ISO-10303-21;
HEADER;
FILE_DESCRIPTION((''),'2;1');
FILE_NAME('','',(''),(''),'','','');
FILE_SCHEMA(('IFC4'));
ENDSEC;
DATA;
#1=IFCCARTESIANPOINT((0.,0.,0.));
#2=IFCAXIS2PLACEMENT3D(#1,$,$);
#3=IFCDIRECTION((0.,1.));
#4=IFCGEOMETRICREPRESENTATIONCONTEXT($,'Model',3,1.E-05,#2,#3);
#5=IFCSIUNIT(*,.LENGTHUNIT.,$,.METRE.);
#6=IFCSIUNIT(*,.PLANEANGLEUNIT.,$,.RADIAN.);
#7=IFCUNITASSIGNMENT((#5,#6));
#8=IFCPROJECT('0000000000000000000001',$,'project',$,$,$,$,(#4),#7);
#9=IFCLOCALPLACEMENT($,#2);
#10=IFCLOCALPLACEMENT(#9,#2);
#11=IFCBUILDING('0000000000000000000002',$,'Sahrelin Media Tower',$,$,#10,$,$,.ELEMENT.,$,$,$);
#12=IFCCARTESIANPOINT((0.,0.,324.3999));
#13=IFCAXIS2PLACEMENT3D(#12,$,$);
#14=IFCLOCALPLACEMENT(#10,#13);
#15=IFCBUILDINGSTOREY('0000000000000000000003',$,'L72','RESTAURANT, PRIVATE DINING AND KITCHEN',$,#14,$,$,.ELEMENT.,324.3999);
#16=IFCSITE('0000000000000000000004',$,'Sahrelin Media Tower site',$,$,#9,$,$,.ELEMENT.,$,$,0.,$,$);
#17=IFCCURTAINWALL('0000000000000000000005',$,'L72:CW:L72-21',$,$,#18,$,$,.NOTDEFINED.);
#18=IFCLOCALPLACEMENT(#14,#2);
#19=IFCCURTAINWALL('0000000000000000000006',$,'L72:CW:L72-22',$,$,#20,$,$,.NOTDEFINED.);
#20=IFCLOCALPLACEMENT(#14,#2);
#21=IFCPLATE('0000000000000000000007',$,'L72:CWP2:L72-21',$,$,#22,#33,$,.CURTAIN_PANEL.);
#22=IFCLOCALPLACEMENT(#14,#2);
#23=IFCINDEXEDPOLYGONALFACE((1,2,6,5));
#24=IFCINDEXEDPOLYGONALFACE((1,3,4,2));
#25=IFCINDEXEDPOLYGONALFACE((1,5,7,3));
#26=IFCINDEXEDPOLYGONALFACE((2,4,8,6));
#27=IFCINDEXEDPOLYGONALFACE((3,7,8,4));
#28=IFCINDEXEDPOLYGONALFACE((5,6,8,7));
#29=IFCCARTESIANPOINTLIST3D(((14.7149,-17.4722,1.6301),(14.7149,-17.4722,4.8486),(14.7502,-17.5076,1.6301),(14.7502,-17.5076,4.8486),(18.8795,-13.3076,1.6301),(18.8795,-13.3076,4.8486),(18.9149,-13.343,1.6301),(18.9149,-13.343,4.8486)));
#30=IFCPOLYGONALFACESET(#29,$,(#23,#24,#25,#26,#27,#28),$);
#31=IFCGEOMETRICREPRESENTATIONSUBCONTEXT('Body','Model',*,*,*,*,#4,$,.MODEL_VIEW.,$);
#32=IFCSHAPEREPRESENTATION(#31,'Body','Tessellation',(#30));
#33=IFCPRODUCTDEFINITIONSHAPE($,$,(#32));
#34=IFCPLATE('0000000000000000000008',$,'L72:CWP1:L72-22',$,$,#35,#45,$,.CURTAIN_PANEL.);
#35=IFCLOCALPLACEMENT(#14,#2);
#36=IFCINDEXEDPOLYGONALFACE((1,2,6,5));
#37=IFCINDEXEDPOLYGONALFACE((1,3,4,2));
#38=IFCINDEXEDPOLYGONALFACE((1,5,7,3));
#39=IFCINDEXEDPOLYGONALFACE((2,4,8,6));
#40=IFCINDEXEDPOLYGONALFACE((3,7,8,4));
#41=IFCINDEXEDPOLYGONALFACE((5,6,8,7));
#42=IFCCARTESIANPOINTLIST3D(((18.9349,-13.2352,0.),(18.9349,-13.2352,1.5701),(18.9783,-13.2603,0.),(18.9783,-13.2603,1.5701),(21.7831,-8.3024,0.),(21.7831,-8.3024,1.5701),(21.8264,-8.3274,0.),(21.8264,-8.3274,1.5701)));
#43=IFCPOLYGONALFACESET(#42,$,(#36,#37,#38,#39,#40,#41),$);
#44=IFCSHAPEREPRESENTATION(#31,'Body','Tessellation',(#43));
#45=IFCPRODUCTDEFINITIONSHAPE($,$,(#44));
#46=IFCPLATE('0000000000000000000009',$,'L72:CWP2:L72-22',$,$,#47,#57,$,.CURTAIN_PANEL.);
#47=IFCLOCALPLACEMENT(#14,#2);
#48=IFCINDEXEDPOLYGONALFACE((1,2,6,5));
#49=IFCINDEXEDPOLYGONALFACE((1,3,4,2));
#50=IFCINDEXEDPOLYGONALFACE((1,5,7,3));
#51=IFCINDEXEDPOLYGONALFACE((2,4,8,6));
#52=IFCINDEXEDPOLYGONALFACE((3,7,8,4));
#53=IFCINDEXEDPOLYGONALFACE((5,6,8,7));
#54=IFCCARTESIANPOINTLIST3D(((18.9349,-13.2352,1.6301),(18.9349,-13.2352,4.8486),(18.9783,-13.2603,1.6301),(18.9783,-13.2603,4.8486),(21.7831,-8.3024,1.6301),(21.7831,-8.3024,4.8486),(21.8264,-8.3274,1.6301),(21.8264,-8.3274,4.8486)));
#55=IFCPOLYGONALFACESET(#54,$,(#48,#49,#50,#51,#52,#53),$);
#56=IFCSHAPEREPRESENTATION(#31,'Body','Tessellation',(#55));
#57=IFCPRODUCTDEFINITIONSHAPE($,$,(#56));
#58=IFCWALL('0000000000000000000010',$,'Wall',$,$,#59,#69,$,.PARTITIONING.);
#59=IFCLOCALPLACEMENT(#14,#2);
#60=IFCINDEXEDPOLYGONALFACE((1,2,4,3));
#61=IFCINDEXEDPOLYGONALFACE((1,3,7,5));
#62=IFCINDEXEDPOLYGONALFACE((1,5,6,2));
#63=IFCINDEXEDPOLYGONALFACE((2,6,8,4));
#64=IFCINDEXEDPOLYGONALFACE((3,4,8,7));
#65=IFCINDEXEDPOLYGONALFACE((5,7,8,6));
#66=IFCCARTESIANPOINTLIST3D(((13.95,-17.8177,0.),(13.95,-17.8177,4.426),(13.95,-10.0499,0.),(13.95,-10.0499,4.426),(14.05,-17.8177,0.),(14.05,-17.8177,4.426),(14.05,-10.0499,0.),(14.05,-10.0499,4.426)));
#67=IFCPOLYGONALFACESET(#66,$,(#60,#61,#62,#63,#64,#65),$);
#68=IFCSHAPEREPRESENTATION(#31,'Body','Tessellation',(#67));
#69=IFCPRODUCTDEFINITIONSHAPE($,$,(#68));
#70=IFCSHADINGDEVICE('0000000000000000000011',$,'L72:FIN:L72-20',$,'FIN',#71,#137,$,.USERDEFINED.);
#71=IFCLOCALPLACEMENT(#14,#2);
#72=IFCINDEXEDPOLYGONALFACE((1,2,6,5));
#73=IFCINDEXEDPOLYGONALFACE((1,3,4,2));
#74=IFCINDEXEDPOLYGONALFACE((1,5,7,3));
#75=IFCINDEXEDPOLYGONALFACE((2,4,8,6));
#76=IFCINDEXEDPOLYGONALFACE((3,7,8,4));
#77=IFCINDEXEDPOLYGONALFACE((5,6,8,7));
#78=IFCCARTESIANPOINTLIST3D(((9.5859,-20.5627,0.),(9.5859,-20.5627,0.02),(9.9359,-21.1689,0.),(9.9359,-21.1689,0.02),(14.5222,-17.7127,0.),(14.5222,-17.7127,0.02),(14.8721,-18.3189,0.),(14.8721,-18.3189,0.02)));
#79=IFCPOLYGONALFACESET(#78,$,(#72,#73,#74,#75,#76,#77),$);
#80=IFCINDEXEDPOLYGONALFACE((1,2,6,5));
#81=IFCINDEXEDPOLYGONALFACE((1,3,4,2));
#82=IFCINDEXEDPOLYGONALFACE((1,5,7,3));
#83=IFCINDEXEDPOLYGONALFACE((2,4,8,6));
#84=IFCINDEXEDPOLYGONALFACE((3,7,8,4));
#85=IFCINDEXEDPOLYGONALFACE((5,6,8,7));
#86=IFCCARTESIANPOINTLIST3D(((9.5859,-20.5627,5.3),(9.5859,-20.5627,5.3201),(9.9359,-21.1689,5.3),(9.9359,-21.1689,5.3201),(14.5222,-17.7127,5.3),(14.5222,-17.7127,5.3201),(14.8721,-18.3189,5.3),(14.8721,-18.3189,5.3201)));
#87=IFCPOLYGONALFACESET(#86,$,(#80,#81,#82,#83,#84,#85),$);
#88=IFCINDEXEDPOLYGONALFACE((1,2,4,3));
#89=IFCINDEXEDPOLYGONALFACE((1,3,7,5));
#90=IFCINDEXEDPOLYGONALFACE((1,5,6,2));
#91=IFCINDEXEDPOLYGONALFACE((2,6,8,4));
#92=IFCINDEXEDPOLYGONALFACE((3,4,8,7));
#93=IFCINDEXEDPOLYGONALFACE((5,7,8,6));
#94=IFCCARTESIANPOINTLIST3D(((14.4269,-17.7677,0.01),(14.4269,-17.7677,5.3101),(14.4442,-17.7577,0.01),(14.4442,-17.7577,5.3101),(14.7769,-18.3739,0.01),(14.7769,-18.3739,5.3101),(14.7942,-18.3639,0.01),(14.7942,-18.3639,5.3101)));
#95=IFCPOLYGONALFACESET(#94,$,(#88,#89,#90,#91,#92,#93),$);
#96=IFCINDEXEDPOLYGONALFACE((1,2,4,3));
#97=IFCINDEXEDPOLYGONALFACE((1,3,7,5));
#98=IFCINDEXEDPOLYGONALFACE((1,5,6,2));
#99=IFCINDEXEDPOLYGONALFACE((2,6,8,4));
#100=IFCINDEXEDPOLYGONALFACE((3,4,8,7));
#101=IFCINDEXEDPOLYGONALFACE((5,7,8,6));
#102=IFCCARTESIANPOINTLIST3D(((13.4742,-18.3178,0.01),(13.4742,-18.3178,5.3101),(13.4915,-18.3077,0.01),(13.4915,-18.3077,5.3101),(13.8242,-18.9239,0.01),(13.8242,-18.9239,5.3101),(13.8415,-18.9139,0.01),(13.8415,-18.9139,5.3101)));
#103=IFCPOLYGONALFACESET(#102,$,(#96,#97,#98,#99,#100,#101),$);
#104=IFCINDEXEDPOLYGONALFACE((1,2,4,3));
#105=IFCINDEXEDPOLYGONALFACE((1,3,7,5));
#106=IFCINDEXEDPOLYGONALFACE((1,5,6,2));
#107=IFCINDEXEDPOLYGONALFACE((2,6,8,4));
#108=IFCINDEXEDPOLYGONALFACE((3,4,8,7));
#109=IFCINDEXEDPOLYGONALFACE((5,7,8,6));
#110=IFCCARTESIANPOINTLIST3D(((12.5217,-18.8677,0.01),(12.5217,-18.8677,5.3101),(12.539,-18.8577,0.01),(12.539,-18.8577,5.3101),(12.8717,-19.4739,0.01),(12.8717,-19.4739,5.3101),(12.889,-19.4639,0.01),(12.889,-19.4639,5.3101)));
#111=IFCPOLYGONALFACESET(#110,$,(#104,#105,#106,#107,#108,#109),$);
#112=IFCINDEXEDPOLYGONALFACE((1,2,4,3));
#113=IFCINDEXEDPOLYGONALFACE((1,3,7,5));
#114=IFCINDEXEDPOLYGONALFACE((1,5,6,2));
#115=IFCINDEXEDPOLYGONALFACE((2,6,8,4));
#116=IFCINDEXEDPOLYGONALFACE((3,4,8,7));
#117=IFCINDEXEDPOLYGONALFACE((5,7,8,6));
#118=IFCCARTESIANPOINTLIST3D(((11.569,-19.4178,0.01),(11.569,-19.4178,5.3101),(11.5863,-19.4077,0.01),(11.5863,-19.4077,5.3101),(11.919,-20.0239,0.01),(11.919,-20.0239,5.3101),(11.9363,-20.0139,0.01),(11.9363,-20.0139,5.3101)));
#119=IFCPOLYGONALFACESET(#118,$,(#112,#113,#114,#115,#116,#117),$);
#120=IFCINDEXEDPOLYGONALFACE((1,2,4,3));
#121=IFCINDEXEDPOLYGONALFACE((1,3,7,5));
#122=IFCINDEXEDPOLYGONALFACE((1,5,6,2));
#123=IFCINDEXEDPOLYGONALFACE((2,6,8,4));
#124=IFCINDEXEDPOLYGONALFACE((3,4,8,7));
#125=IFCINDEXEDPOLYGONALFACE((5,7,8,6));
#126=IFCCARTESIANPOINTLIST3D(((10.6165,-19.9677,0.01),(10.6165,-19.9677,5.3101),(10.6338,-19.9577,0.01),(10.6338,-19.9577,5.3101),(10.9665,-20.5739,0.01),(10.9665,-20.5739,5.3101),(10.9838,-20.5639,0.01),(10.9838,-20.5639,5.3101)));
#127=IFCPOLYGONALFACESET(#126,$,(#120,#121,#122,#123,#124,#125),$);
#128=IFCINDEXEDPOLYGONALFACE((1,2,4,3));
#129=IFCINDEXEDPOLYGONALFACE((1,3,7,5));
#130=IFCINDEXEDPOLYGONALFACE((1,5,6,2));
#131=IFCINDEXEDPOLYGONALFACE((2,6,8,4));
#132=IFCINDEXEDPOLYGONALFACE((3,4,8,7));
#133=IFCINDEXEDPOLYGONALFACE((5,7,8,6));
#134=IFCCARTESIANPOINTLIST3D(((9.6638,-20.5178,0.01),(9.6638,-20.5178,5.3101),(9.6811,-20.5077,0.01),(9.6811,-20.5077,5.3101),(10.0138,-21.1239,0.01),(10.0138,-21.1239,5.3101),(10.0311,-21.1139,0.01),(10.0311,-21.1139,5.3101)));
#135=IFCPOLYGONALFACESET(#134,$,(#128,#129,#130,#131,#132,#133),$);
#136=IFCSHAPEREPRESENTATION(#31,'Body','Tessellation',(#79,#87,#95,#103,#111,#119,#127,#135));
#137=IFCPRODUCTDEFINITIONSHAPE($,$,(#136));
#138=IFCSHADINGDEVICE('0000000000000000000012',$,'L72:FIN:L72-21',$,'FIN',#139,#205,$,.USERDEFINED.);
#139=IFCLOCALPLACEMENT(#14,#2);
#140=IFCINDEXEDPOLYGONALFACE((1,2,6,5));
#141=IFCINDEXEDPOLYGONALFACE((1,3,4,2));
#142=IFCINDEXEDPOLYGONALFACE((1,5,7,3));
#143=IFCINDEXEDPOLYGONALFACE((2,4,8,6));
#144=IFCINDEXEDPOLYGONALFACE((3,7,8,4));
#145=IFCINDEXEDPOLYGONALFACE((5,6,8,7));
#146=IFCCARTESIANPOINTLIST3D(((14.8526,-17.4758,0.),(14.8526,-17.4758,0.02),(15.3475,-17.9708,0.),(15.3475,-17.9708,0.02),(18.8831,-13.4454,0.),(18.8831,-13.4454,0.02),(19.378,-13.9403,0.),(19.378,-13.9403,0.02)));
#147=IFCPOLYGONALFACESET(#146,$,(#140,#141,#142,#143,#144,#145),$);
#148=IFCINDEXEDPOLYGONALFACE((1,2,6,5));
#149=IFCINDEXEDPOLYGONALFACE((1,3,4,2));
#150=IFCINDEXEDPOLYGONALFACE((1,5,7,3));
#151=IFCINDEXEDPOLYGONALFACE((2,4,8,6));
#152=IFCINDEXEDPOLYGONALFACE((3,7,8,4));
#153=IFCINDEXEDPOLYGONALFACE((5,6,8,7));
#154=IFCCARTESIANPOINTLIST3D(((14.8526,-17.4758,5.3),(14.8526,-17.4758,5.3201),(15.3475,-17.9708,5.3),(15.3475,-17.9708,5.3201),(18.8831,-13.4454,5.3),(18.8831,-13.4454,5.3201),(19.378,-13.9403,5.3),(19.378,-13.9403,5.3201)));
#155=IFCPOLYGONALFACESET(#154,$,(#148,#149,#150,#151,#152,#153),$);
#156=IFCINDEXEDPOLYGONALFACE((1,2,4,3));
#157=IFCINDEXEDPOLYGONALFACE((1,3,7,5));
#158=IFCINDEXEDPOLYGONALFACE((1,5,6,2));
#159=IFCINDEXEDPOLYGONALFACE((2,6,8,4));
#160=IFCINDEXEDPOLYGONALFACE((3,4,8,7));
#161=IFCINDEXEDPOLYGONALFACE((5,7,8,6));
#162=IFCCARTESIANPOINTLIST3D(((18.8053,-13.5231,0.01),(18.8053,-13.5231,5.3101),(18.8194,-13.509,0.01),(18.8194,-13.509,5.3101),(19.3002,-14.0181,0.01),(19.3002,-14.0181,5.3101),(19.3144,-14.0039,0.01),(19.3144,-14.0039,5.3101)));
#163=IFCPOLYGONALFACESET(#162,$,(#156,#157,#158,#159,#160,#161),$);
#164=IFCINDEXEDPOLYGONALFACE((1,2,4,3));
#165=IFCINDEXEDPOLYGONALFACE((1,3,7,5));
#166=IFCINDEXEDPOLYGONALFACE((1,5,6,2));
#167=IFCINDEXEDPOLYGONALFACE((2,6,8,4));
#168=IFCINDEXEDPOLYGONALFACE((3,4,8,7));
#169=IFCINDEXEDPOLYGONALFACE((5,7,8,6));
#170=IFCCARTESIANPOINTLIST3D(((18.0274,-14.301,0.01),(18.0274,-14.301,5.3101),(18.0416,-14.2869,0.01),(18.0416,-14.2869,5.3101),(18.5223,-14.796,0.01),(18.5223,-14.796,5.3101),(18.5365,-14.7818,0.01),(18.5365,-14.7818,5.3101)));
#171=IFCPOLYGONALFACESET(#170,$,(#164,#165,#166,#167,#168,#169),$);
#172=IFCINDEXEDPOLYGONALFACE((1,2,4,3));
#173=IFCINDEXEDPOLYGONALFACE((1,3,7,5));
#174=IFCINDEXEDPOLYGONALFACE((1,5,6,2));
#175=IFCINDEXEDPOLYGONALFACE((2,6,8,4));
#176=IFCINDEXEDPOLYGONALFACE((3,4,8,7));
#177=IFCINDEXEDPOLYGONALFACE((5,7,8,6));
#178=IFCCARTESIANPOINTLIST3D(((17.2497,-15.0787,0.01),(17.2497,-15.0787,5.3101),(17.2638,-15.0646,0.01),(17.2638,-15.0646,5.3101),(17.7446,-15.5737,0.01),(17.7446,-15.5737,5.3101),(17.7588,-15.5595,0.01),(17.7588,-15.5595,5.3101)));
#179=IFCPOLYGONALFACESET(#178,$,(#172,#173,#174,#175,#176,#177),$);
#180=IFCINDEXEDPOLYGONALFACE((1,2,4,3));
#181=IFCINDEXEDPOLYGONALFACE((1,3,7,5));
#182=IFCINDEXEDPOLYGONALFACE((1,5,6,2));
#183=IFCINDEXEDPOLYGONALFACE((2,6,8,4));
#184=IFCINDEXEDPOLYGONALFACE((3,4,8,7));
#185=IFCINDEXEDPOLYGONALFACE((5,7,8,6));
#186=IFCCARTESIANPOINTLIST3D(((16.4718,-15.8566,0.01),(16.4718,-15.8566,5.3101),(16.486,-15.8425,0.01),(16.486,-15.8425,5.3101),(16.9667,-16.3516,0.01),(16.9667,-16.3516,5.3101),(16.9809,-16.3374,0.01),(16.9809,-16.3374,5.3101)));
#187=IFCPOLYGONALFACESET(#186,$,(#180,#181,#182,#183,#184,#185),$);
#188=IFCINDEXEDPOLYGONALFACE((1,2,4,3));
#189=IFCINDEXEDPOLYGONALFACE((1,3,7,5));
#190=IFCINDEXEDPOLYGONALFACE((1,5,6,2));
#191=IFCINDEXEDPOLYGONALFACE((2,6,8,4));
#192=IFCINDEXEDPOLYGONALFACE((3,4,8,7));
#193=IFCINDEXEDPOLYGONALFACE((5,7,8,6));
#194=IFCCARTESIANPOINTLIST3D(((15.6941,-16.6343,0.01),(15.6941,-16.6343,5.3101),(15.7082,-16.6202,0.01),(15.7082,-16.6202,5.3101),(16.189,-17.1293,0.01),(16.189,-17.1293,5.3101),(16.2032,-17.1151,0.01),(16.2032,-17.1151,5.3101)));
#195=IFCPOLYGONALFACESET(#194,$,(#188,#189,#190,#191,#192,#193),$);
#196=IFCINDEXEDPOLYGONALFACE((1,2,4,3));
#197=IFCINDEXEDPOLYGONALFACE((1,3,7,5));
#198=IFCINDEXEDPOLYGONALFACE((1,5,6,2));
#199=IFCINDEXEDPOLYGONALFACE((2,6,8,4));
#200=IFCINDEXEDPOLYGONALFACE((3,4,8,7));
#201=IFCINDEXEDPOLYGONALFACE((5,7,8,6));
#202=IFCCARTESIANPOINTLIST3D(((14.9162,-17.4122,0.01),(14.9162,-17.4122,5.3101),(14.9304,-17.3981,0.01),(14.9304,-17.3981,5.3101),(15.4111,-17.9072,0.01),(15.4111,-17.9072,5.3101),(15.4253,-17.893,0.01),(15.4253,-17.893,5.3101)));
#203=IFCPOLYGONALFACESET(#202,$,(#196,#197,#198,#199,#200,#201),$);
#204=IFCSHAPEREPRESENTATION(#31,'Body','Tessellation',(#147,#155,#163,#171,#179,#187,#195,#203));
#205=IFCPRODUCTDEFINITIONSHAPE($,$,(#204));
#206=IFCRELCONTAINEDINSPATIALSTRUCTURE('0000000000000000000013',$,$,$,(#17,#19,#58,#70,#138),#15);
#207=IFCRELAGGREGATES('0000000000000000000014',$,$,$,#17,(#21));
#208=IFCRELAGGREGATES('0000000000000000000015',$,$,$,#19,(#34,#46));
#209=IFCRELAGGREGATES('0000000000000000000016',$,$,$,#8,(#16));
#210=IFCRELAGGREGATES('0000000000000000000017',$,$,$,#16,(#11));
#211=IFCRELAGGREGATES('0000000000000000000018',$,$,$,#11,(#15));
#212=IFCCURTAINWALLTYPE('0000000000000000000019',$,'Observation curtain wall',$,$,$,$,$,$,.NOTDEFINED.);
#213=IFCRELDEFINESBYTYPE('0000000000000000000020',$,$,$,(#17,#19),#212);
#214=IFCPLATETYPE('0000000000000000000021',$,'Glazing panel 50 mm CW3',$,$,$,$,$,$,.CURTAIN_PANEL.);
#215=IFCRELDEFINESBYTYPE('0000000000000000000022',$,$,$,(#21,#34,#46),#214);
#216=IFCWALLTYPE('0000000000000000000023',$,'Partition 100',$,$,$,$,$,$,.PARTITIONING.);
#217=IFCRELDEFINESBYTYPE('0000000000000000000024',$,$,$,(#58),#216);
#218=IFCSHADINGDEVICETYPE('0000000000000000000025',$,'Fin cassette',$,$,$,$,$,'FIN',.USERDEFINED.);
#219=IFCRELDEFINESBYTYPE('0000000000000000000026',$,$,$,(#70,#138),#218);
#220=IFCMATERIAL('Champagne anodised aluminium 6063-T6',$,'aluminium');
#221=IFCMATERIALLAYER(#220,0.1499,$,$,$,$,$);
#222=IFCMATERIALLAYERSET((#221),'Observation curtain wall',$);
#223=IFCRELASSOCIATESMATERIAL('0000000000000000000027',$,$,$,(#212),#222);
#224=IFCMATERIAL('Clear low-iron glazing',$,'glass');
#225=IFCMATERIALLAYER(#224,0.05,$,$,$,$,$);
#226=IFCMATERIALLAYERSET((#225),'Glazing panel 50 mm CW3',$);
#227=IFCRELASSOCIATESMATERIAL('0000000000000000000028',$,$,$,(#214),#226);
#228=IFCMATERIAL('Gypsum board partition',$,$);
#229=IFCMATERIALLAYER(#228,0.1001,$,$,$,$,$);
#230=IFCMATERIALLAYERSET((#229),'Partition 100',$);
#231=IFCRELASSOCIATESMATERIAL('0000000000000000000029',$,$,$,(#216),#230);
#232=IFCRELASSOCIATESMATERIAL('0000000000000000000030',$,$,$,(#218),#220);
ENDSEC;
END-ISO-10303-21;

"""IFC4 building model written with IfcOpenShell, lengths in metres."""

from ifc_helpers import new_model, si_unit, direction, frame, frame_2d, origin, origin_2d, place, context, subcontext, project, spatial, polyline, rectangle, outline, extrude, material, layer, layer_set, type_object, element, aggregate, save


model = new_model("IFC4")

# Units and contexts
model_context = context("Model", 3, precision=1e-05, world=origin(), true_north=direction((0.0, 1.0)))
body_context = subcontext(model_context, "Body", "Model", "MODEL_VIEW")
ifc_project = project(units=[si_unit("LENGTHUNIT", "METRE"), si_unit("PLANEANGLEUNIT", "RADIAN")], contexts=[model_context])

# Site, building, storey
site_placement = place(None, origin())
site = spatial("IfcSite", under=ifc_project, at=site_placement, Name="Sahrelin Media Tower site", CompositionType="ELEMENT", RefElevation=0.0)
building_placement = place(site_placement, origin())
building = spatial("IfcBuilding", under=site, at=building_placement, Name="Sahrelin Media Tower", CompositionType="ELEMENT")
storey_placement = place(building_placement, frame((0.0, 0.0, 324.3999)))
storey = spatial("IfcBuildingStorey", under=building, at=storey_placement, Name="L72", Description="RESTAURANT, PRIVATE DINING AND KITCHEN", CompositionType="ELEMENT", Elevation=324.3999)

# Curtain walls
ifc_material_1 = material(Name="Champagne anodised aluminium 6063-T6", Category="aluminium")
ifc_layer_1 = layer(ifc_material_1, 0.1499)
ifc_layer_set_1 = layer_set([ifc_layer_1], Name="Observation curtain wall")
curtain_wall_type = type_object("IfcCurtainWallType", Name="Observation curtain wall", PredefinedType="NOTDEFINED", material=ifc_layer_set_1)
curtain_wall_1_placement = place(storey_placement, frame((16.8184, -15.4111, 0.0), z_axis=(0.0, 0.0, 1.0), x_axis=(1.0, 0.0, 0.0)))
curtain_wall_1 = element("IfcCurtainWall", 1, at=curtain_wall_1_placement, inside=storey, type_object=curtain_wall_type, Name="L72:CW:L72-21", PredefinedType="NOTDEFINED")
curtain_wall_2_placement = place(storey_placement, frame((20.385, -10.7837, 0.0), z_axis=(0.0, 0.0, 1.0), x_axis=(1.0, 0.0, 0.0)))
curtain_wall_2 = element("IfcCurtainWall", 2, at=curtain_wall_2_placement, inside=storey, type_object=curtain_wall_type, Name="L72:CW:L72-22", PredefinedType="NOTDEFINED")

# Plates
ifc_material_2 = material(Name="Clear low-iron glazing", Category="glass")
ifc_layer_2 = layer(ifc_material_2, 0.05)
ifc_layer_set_2 = layer_set([ifc_layer_2], Name="Glazing panel 50 mm CW3")
plate_type = type_object("IfcPlateType", Name="Glazing panel 50 mm CW3", PredefinedType="CURTAIN_PANEL", material=ifc_layer_set_2)
plate_1_placement = place(storey_placement, frame((14.7502, -17.5076, 1.6301), z_axis=(0.707107, -0.707107, 0.0), x_axis=(0.707107, 0.707107, 0.0)))
plate_1 = element("IfcPlate", 3, at=plate_1_placement, type_object=plate_type, Name="L72:CWP2:L72-21", PredefinedType="CURTAIN_PANEL", context=body_context, shape_type="SweptSolid", body=[
    extrude(outline(polyline([(0.0, 0.0), (5.8896, 0.0), (5.8896, 3.2185), (0.0, 3.2185), (0.0, 0.0)])), origin(), (0.0, 0.0, -1.0), 0.05),
])
aggregate(curtain_wall_1, [plate_1])
plate_2_placement = place(storey_placement, frame((18.9783, -13.2603, 0.0), z_axis=(0.866014, -0.500021, 0.0), x_axis=(0.500021, 0.866014, 0.0)))
plate_2 = element("IfcPlate", 4, at=plate_2_placement, type_object=plate_type, Name="L72:CWP1:L72-22", PredefinedType="CURTAIN_PANEL", context=body_context, shape_type="SweptSolid", body=[
    extrude(outline(polyline([(0.0, 0.0), (5.696, 0.0), (5.696, 1.5701), (0.0, 1.5701), (0.0, 0.0)])), origin(), (0.0, 0.0, -1.0), 0.05),
])
plate_3_placement = place(storey_placement, frame((18.9783, -13.2603, 1.6301), z_axis=(0.866014, -0.500021, 0.0), x_axis=(0.500021, 0.866014, 0.0)))
plate_3 = element("IfcPlate", 5, at=plate_3_placement, type_object=plate_type, Name="L72:CWP2:L72-22", PredefinedType="CURTAIN_PANEL", context=body_context, shape_type="SweptSolid", body=[
    extrude(outline(polyline([(0.0, 0.0), (5.696, 0.0), (5.696, 3.2185), (0.0, 3.2185), (0.0, 0.0)])), origin(), (0.0, 0.0, -1.0), 0.05),
])
aggregate(curtain_wall_2, [plate_2, plate_3])

# Wall
ifc_material_3 = material(Name="Gypsum board partition")
ifc_layer_3 = layer(ifc_material_3, 0.1001)
ifc_layer_set_3 = layer_set([ifc_layer_3], Name="Partition 100")
wall_type = type_object("IfcWallType", Name="Partition 100", PredefinedType="PARTITIONING", material=ifc_layer_set_3)
wall_placement = place(storey_placement, frame((14.0, -10.05, 0.0), z_axis=(0.0, 0.0, 1.0), x_axis=(0.0, -1.0, 0.0)))
element("IfcWall", 6, at=wall_placement, inside=storey, type_object=wall_type, Name="Wall", PredefinedType="PARTITIONING", context=body_context, shape_type="SweptSolid", body=[
    extrude(rectangle(XDim=7.7678, YDim=0.1001, at=frame_2d((3.8838, 0.0))), origin(), (0.0, 0.0, 1.0), 4.426),
])

# Shading devices
shading_device_type_1 = type_object("IfcShadingDeviceType", Name="Fin cassette", ElementType="FIN", PredefinedType="USERDEFINED", material=ifc_material_1)
placement_1 = place(storey_placement, frame((12.019, -19.0771, 0.0), z_axis=(0.0, 0.0, 1.0), x_axis=(-0.866019, -0.500011, 0.0)))
element("IfcShadingDevice", 7, at=placement_1, inside=storey, type_object=shading_device_type_1, Name="L72:FIN:L72-20", ObjectType="FIN", PredefinedType="USERDEFINED", context=body_context, shape_type="SweptSolid", body=[
    extrude(rectangle(XDim=5.7, YDim=0.7, at=origin_2d()), frame((0.0, 0.4199, 0.0)), (0.0, 0.0, 1.0), 0.02),
    extrude(rectangle(XDim=5.7, YDim=0.7, at=origin_2d()), frame((0.0, 0.4199, 5.3)), (0.0, 0.0, 1.0), 0.02),
    extrude(rectangle(XDim=0.02, YDim=0.7, at=origin_2d()), frame((-2.75, 0.4199, 0.01), z_axis=(0.0, 0.0, 1.0), x_axis=(1.0, 0.0, 0.0)), (0.0, 0.0, 1.0), 5.3),
    extrude(rectangle(XDim=0.02, YDim=0.7, at=origin_2d()), frame((-1.6499, 0.4199, 0.01), z_axis=(0.0, 0.0, 1.0), x_axis=(1.0, 0.0, 0.0)), (0.0, 0.0, 1.0), 5.3),
    extrude(rectangle(XDim=0.02, YDim=0.7, at=origin_2d()), frame((-0.55, 0.4199, 0.01), z_axis=(0.0, 0.0, 1.0), x_axis=(1.0, 0.0, 0.0)), (0.0, 0.0, 1.0), 5.3),
    extrude(rectangle(XDim=0.02, YDim=0.7, at=origin_2d()), frame((0.55, 0.4199, 0.01), z_axis=(0.0, 0.0, 1.0), x_axis=(1.0, 0.0, 0.0)), (0.0, 0.0, 1.0), 5.3),
    extrude(rectangle(XDim=0.02, YDim=0.7, at=origin_2d()), frame((1.6499, 0.4199, 0.01), z_axis=(0.0, 0.0, 1.0), x_axis=(1.0, 0.0, 0.0)), (0.0, 0.0, 1.0), 5.3),
    extrude(rectangle(XDim=0.02, YDim=0.7, at=origin_2d()), frame((2.75, 0.4199, 0.01), z_axis=(0.0, 0.0, 1.0), x_axis=(1.0, 0.0, 0.0)), (0.0, 0.0, 1.0), 5.3),
])
placement_2 = place(storey_placement, frame((16.8184, -15.4111, 0.0), z_axis=(0.0, 0.0, 1.0), x_axis=(-0.707107, -0.707107, 0.0)))
element("IfcShadingDevice", 8, at=placement_2, inside=storey, type_object=shading_device_type_1, Name="L72:FIN:L72-21", ObjectType="FIN", PredefinedType="USERDEFINED", context=body_context, shape_type="SweptSolid", body=[
    extrude(rectangle(XDim=5.7, YDim=0.7, at=origin_2d()), frame((0.0, 0.4199, 0.0)), (0.0, 0.0, 1.0), 0.02),
    extrude(rectangle(XDim=5.7, YDim=0.7, at=origin_2d()), frame((0.0, 0.4199, 5.3)), (0.0, 0.0, 1.0), 0.02),
    extrude(rectangle(XDim=0.02, YDim=0.7, at=origin_2d()), frame((-2.75, 0.4199, 0.01), z_axis=(0.0, 0.0, 1.0), x_axis=(1.0, 0.0, 0.0)), (0.0, 0.0, 1.0), 5.3),
    extrude(rectangle(XDim=0.02, YDim=0.7, at=origin_2d()), frame((-1.6499, 0.4199, 0.01), z_axis=(0.0, 0.0, 1.0), x_axis=(1.0, 0.0, 0.0)), (0.0, 0.0, 1.0), 5.3),
    extrude(rectangle(XDim=0.02, YDim=0.7, at=origin_2d()), frame((-0.55, 0.4199, 0.01), z_axis=(0.0, 0.0, 1.0), x_axis=(1.0, 0.0, 0.0)), (0.0, 0.0, 1.0), 5.3),
    extrude(rectangle(XDim=0.02, YDim=0.7, at=origin_2d()), frame((0.55, 0.4199, 0.01), z_axis=(0.0, 0.0, 1.0), x_axis=(1.0, 0.0, 0.0)), (0.0, 0.0, 1.0), 5.3),
    extrude(rectangle(XDim=0.02, YDim=0.7, at=origin_2d()), frame((1.6499, 0.4199, 0.01), z_axis=(0.0, 0.0, 1.0), x_axis=(1.0, 0.0, 0.0)), (0.0, 0.0, 1.0), 5.3),
    extrude(rectangle(XDim=0.02, YDim=0.7, at=origin_2d()), frame((2.75, 0.4199, 0.01), z_axis=(0.0, 0.0, 1.0), x_axis=(1.0, 0.0, 0.0)), (0.0, 0.0, 1.0), 5.3),
])

save(model, "model.ifc")
